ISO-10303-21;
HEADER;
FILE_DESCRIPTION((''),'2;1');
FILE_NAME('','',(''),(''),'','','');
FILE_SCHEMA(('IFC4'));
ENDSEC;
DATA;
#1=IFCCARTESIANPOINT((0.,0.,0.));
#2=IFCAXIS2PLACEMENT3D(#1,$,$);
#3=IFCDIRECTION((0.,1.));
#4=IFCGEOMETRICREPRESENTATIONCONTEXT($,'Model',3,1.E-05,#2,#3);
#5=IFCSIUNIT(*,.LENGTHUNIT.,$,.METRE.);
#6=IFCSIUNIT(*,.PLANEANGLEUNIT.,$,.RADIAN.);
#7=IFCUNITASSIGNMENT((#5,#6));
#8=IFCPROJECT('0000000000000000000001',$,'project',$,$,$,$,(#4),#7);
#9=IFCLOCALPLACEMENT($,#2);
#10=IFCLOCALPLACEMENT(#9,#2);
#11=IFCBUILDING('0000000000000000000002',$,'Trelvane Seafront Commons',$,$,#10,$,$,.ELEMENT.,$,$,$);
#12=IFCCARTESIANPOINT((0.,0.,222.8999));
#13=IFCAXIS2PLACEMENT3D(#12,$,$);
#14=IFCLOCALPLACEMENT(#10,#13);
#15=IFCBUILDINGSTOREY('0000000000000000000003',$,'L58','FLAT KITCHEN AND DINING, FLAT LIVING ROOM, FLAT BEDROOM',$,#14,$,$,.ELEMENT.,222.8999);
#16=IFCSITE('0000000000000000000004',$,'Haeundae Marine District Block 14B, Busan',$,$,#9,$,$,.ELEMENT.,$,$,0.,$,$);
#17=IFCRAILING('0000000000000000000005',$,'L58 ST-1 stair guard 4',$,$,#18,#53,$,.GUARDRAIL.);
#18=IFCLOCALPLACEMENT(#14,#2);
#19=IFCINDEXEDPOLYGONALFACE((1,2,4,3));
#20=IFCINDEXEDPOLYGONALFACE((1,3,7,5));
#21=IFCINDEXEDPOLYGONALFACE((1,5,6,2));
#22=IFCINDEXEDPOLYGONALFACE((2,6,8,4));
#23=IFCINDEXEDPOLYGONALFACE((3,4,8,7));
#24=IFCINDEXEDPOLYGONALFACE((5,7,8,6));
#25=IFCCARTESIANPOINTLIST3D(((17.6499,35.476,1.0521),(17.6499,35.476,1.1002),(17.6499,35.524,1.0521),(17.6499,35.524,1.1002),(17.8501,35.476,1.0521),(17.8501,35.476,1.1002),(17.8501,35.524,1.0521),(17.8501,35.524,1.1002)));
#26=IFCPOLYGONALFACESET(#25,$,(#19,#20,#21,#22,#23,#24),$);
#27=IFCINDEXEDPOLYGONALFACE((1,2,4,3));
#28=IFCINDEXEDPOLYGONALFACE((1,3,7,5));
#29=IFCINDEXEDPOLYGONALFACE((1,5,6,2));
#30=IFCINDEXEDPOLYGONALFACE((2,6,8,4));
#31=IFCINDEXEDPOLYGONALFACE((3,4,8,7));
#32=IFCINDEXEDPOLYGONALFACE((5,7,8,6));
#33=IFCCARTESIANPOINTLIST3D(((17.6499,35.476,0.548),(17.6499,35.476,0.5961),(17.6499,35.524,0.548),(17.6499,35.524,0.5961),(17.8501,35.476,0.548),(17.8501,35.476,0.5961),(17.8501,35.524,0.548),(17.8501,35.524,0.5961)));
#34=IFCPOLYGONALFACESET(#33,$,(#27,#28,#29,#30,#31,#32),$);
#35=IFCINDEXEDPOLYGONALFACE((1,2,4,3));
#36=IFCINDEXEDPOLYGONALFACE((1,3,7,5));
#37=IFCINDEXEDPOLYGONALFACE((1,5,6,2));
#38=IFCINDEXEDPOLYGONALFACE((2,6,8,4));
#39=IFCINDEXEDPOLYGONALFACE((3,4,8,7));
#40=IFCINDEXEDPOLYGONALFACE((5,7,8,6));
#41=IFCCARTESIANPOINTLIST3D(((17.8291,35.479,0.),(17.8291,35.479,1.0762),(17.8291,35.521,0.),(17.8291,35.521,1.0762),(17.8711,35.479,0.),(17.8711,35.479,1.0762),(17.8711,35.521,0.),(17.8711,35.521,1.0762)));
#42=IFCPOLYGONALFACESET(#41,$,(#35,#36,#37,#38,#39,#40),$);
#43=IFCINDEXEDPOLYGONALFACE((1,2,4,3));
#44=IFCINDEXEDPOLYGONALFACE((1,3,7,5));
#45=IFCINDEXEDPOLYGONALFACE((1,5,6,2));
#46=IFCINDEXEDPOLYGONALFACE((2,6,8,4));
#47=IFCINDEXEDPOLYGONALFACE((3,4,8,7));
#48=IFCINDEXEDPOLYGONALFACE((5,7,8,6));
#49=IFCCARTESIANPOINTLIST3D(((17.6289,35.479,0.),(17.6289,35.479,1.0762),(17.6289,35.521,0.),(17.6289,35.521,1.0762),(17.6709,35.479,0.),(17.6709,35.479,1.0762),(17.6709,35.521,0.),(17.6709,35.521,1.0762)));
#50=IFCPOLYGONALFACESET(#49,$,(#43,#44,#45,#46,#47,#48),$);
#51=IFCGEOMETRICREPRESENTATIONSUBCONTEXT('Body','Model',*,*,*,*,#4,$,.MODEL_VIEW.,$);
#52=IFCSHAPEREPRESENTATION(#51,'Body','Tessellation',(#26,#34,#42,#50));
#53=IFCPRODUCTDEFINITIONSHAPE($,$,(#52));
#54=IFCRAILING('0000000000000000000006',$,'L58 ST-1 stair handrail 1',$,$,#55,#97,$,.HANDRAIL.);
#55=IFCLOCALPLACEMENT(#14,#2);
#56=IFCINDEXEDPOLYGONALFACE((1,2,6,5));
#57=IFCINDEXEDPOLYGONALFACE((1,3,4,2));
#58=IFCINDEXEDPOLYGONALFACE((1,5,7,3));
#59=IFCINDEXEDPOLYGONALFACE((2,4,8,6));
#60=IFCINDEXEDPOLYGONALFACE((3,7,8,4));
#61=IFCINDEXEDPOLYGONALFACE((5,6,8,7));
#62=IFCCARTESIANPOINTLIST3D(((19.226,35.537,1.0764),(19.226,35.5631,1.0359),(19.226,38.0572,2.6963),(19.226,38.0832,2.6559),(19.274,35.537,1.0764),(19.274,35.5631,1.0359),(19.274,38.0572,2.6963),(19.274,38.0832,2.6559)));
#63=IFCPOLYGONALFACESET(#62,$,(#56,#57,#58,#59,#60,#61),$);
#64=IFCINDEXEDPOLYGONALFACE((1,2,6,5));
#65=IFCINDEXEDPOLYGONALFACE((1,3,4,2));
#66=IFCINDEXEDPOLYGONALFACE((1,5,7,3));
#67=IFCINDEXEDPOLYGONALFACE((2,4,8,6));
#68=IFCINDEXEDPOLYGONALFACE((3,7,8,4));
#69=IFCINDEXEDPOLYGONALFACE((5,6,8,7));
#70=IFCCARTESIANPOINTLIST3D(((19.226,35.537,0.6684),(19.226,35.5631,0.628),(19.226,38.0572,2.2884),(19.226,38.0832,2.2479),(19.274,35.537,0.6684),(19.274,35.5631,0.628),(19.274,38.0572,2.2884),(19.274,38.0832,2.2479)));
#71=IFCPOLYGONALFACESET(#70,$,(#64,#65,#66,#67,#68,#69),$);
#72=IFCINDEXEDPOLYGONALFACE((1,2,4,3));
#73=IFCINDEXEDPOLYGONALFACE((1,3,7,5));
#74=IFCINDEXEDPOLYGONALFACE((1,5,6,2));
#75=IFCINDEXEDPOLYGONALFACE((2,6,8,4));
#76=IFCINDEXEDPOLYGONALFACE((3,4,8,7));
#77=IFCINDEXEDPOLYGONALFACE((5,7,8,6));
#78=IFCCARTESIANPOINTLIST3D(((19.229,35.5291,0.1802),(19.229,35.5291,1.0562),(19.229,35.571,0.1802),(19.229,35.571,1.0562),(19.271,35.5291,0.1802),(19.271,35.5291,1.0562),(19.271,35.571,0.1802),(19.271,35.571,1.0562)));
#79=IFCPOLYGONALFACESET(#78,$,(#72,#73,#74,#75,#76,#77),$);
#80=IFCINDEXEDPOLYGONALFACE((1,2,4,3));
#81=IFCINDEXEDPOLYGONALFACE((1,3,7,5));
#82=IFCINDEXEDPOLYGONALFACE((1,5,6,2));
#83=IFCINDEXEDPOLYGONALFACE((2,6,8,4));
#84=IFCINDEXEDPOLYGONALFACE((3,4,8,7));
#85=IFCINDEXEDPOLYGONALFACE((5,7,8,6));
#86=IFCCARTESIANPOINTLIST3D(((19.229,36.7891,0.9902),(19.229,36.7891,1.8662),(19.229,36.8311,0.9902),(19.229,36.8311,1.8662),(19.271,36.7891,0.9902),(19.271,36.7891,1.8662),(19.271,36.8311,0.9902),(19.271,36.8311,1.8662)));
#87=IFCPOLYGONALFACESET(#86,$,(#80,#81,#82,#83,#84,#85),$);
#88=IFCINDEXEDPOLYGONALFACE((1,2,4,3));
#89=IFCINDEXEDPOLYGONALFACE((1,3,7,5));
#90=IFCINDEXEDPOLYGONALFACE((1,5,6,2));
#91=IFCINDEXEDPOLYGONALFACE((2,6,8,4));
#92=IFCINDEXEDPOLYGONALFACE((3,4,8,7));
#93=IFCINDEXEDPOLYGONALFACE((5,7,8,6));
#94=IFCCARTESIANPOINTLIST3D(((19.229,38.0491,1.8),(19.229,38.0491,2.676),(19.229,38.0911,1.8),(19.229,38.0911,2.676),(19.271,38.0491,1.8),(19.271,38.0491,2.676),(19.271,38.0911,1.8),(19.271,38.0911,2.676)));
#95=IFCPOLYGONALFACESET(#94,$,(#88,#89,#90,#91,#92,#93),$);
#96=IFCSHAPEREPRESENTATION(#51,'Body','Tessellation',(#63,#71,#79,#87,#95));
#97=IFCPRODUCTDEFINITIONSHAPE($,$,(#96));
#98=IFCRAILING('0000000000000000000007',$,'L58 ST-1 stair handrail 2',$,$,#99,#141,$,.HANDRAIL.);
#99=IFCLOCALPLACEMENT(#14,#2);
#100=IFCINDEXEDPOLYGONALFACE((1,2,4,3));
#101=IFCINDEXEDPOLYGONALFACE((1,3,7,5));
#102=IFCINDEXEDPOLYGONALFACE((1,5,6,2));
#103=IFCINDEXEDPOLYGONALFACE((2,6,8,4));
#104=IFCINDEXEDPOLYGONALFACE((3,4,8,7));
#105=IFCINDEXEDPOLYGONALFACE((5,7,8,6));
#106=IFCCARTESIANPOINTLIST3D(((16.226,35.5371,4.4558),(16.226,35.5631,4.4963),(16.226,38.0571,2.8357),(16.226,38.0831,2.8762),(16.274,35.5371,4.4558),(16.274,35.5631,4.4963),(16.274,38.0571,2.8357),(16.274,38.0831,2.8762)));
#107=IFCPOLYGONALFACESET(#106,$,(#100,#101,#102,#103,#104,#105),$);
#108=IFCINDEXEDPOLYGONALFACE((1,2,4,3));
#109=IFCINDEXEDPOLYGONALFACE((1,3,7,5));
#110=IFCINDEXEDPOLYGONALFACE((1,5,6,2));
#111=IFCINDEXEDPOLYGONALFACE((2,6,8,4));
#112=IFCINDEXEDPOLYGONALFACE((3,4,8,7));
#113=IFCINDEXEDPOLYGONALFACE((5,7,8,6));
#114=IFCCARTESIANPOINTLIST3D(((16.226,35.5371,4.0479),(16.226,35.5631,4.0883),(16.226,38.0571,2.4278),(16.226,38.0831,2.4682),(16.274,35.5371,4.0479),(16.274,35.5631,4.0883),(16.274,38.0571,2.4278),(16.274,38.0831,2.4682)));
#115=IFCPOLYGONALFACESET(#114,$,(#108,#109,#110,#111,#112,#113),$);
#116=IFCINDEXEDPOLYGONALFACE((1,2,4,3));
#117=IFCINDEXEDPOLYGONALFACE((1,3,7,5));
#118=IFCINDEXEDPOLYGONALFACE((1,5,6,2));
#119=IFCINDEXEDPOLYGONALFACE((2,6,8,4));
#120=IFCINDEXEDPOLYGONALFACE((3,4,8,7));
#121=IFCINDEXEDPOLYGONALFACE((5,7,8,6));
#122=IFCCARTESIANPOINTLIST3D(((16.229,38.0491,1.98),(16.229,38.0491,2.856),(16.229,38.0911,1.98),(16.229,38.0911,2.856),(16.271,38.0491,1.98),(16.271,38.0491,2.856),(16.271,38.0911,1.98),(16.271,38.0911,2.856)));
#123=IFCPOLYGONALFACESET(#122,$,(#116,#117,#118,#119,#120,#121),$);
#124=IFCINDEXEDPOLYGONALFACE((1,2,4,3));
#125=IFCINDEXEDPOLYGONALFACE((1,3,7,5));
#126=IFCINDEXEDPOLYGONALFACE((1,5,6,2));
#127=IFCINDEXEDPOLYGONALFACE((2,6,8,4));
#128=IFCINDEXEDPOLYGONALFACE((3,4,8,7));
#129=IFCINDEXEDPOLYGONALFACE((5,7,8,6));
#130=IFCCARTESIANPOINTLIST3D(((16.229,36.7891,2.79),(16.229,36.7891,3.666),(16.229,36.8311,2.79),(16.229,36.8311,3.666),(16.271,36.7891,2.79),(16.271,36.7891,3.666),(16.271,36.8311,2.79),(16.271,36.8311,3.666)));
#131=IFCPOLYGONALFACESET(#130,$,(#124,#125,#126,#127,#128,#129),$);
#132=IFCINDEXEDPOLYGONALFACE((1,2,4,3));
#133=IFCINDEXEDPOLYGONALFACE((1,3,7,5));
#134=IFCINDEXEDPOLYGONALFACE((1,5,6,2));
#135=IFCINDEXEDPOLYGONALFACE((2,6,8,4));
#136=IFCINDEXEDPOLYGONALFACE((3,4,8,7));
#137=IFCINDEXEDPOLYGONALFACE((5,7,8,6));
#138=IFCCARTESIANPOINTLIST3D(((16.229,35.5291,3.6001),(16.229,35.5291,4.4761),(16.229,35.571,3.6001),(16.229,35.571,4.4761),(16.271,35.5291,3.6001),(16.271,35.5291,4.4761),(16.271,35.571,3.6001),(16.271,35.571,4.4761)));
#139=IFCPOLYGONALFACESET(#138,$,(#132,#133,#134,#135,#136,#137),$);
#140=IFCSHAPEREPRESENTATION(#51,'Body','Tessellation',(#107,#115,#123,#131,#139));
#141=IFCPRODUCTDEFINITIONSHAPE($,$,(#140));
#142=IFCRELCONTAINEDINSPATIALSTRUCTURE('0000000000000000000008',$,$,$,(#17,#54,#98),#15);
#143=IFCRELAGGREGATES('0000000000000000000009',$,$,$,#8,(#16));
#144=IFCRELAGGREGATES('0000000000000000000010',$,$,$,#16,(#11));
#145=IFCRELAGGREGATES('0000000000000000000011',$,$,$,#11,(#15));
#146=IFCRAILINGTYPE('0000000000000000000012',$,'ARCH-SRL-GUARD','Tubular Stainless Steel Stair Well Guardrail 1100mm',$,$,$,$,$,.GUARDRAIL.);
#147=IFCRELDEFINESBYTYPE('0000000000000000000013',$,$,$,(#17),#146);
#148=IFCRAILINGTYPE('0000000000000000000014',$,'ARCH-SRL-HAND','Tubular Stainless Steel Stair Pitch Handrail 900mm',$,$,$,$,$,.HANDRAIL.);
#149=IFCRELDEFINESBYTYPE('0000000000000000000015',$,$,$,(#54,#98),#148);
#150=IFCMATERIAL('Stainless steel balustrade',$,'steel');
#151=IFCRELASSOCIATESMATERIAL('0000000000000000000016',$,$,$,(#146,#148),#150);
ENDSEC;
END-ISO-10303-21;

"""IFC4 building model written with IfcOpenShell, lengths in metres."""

from ifc_helpers import new_model, si_unit, direction, frame, origin, origin_2d, place, context, subcontext, project, spatial, rectangle, extrude, material, type_object, element, save


model = new_model("IFC4")

# Units and contexts
model_context = context("Model", 3, precision=1e-05, world=origin(), true_north=direction((0.0, 1.0)))
body_context = subcontext(model_context, "Body", "Model", "MODEL_VIEW")
ifc_project = project(units=[si_unit("LENGTHUNIT", "METRE"), si_unit("PLANEANGLEUNIT", "RADIAN")], contexts=[model_context])

# Site, building, storey
site_placement = place(None, origin())
site = spatial("IfcSite", under=ifc_project, at=site_placement, Name="Haeundae Marine District Block 14B, Busan", CompositionType="ELEMENT", RefElevation=0.0)
building_placement = place(site_placement, origin())
building = spatial("IfcBuilding", under=site, at=building_placement, Name="Trelvane Seafront Commons", CompositionType="ELEMENT")
storey_placement = place(building_placement, frame((0.0, 0.0, 222.8999)))
storey = spatial("IfcBuildingStorey", under=building, at=storey_placement, Name="L58", Description="FLAT KITCHEN AND DINING, FLAT LIVING ROOM, FLAT BEDROOM", CompositionType="ELEMENT", Elevation=222.8999)

# Shared definitions
ifc_material_1 = material(Name="Stainless steel balustrade", Category="steel")

# Railings
railing_type_1 = type_object("IfcRailingType", Name="ARCH-SRL-GUARD", Description="Tubular Stainless Steel Stair Well Guardrail 1100mm", PredefinedType="GUARDRAIL", material=ifc_material_1)
railing_1_placement = place(storey_placement, frame((17.8501, 35.5, 0.0)))
element("IfcRailing", 1, at=railing_1_placement, inside=storey, type_object=railing_type_1, Name="L58 ST-1 stair guard 4", PredefinedType="GUARDRAIL", context=body_context, shape_type="SweptSolid", body=[
    extrude(rectangle(XDim=0.0481, YDim=0.0481, at=origin_2d()), frame((0.0, 0.0, 1.0762), z_axis=(-1.0, 0.0, 0.0), x_axis=(0.0, -1.0, 0.0)), (0.0, 0.0, 1.0), 0.2002),
    extrude(rectangle(XDim=0.0481, YDim=0.0481, at=origin_2d()), frame((0.0, 0.0, 0.572), z_axis=(-1.0, 0.0, 0.0), x_axis=(0.0, -1.0, 0.0)), (0.0, 0.0, 1.0), 0.2002),
    extrude(rectangle(XDim=0.042, YDim=0.042, at=origin_2d()), origin(), (0.0, 0.0, 1.0), 1.0762),
    extrude(rectangle(XDim=0.042, YDim=0.042, at=origin_2d()), frame((-0.2002, 0.0, 0.0)), (0.0, 0.0, 1.0), 1.0762),
])
railing_type_2 = type_object("IfcRailingType", Name="ARCH-SRL-HAND", Description="Tubular Stainless Steel Stair Pitch Handrail 900mm", PredefinedType="HANDRAIL", material=ifc_material_1)
railing_2_placement = place(storey_placement, frame((19.25, 35.55, 0.1802)))
element("IfcRailing", 2, at=railing_2_placement, inside=storey, type_object=railing_type_2, Name="L58 ST-1 stair handrail 1", PredefinedType="HANDRAIL", context=body_context, shape_type="SweptSolid", body=[
    extrude(rectangle(XDim=0.0481, YDim=0.0481, at=origin_2d()), frame((0.0, 0.0, 0.876), z_axis=(0.0, 0.8412, 0.540725), x_axis=(-1.0, 0.0, 0.0)), (0.0, 0.0, 1.0), 2.9958),
    extrude(rectangle(XDim=0.0481, YDim=0.0481, at=origin_2d()), frame((0.0, 0.0, 0.468), z_axis=(0.0, 0.8412, 0.540725), x_axis=(-1.0, 0.0, 0.0)), (0.0, 0.0, 1.0), 2.9958),
    extrude(rectangle(XDim=0.042, YDim=0.042, at=origin_2d()), origin(), (0.0, 0.0, 1.0), 0.876),
    extrude(rectangle(XDim=0.042, YDim=0.042, at=origin_2d()), frame((0.0, 1.26, 0.8101)), (0.0, 0.0, 1.0), 0.876),
    extrude(rectangle(XDim=0.042, YDim=0.042, at=origin_2d()), frame((0.0, 2.52, 1.6199)), (0.0, 0.0, 1.0), 0.876),
])
railing_3_placement = place(storey_placement, frame((16.25, 38.0701, 1.98)))
element("IfcRailing", 3, at=railing_3_placement, inside=storey, type_object=railing_type_2, Name="L58 ST-1 stair handrail 2", PredefinedType="HANDRAIL", context=body_context, shape_type="SweptSolid", body=[
    extrude(rectangle(XDim=0.0481, YDim=0.0481, at=origin_2d()), frame((0.0, 0.0, 0.876), z_axis=(0.0, -0.841163, 0.540782), x_axis=(1.0, 0.0, 0.0)), (0.0, 0.0, 1.0), 2.9958),
    extrude(rectangle(XDim=0.0481, YDim=0.0481, at=origin_2d()), frame((0.0, 0.0, 0.468), z_axis=(0.0, -0.841163, 0.540782), x_axis=(1.0, 0.0, 0.0)), (0.0, 0.0, 1.0), 2.9958),
    extrude(rectangle(XDim=0.042, YDim=0.042, at=origin_2d()), origin(), (0.0, 0.0, 1.0), 0.876),
    extrude(rectangle(XDim=0.042, YDim=0.042, at=origin_2d()), frame((0.0, -1.26, 0.8101)), (0.0, 0.0, 1.0), 0.876),
    extrude(rectangle(XDim=0.042, YDim=0.042, at=origin_2d()), frame((0.0, -2.52, 1.6201)), (0.0, 0.0, 1.0), 0.876),
])

save(model, "model.ifc")
